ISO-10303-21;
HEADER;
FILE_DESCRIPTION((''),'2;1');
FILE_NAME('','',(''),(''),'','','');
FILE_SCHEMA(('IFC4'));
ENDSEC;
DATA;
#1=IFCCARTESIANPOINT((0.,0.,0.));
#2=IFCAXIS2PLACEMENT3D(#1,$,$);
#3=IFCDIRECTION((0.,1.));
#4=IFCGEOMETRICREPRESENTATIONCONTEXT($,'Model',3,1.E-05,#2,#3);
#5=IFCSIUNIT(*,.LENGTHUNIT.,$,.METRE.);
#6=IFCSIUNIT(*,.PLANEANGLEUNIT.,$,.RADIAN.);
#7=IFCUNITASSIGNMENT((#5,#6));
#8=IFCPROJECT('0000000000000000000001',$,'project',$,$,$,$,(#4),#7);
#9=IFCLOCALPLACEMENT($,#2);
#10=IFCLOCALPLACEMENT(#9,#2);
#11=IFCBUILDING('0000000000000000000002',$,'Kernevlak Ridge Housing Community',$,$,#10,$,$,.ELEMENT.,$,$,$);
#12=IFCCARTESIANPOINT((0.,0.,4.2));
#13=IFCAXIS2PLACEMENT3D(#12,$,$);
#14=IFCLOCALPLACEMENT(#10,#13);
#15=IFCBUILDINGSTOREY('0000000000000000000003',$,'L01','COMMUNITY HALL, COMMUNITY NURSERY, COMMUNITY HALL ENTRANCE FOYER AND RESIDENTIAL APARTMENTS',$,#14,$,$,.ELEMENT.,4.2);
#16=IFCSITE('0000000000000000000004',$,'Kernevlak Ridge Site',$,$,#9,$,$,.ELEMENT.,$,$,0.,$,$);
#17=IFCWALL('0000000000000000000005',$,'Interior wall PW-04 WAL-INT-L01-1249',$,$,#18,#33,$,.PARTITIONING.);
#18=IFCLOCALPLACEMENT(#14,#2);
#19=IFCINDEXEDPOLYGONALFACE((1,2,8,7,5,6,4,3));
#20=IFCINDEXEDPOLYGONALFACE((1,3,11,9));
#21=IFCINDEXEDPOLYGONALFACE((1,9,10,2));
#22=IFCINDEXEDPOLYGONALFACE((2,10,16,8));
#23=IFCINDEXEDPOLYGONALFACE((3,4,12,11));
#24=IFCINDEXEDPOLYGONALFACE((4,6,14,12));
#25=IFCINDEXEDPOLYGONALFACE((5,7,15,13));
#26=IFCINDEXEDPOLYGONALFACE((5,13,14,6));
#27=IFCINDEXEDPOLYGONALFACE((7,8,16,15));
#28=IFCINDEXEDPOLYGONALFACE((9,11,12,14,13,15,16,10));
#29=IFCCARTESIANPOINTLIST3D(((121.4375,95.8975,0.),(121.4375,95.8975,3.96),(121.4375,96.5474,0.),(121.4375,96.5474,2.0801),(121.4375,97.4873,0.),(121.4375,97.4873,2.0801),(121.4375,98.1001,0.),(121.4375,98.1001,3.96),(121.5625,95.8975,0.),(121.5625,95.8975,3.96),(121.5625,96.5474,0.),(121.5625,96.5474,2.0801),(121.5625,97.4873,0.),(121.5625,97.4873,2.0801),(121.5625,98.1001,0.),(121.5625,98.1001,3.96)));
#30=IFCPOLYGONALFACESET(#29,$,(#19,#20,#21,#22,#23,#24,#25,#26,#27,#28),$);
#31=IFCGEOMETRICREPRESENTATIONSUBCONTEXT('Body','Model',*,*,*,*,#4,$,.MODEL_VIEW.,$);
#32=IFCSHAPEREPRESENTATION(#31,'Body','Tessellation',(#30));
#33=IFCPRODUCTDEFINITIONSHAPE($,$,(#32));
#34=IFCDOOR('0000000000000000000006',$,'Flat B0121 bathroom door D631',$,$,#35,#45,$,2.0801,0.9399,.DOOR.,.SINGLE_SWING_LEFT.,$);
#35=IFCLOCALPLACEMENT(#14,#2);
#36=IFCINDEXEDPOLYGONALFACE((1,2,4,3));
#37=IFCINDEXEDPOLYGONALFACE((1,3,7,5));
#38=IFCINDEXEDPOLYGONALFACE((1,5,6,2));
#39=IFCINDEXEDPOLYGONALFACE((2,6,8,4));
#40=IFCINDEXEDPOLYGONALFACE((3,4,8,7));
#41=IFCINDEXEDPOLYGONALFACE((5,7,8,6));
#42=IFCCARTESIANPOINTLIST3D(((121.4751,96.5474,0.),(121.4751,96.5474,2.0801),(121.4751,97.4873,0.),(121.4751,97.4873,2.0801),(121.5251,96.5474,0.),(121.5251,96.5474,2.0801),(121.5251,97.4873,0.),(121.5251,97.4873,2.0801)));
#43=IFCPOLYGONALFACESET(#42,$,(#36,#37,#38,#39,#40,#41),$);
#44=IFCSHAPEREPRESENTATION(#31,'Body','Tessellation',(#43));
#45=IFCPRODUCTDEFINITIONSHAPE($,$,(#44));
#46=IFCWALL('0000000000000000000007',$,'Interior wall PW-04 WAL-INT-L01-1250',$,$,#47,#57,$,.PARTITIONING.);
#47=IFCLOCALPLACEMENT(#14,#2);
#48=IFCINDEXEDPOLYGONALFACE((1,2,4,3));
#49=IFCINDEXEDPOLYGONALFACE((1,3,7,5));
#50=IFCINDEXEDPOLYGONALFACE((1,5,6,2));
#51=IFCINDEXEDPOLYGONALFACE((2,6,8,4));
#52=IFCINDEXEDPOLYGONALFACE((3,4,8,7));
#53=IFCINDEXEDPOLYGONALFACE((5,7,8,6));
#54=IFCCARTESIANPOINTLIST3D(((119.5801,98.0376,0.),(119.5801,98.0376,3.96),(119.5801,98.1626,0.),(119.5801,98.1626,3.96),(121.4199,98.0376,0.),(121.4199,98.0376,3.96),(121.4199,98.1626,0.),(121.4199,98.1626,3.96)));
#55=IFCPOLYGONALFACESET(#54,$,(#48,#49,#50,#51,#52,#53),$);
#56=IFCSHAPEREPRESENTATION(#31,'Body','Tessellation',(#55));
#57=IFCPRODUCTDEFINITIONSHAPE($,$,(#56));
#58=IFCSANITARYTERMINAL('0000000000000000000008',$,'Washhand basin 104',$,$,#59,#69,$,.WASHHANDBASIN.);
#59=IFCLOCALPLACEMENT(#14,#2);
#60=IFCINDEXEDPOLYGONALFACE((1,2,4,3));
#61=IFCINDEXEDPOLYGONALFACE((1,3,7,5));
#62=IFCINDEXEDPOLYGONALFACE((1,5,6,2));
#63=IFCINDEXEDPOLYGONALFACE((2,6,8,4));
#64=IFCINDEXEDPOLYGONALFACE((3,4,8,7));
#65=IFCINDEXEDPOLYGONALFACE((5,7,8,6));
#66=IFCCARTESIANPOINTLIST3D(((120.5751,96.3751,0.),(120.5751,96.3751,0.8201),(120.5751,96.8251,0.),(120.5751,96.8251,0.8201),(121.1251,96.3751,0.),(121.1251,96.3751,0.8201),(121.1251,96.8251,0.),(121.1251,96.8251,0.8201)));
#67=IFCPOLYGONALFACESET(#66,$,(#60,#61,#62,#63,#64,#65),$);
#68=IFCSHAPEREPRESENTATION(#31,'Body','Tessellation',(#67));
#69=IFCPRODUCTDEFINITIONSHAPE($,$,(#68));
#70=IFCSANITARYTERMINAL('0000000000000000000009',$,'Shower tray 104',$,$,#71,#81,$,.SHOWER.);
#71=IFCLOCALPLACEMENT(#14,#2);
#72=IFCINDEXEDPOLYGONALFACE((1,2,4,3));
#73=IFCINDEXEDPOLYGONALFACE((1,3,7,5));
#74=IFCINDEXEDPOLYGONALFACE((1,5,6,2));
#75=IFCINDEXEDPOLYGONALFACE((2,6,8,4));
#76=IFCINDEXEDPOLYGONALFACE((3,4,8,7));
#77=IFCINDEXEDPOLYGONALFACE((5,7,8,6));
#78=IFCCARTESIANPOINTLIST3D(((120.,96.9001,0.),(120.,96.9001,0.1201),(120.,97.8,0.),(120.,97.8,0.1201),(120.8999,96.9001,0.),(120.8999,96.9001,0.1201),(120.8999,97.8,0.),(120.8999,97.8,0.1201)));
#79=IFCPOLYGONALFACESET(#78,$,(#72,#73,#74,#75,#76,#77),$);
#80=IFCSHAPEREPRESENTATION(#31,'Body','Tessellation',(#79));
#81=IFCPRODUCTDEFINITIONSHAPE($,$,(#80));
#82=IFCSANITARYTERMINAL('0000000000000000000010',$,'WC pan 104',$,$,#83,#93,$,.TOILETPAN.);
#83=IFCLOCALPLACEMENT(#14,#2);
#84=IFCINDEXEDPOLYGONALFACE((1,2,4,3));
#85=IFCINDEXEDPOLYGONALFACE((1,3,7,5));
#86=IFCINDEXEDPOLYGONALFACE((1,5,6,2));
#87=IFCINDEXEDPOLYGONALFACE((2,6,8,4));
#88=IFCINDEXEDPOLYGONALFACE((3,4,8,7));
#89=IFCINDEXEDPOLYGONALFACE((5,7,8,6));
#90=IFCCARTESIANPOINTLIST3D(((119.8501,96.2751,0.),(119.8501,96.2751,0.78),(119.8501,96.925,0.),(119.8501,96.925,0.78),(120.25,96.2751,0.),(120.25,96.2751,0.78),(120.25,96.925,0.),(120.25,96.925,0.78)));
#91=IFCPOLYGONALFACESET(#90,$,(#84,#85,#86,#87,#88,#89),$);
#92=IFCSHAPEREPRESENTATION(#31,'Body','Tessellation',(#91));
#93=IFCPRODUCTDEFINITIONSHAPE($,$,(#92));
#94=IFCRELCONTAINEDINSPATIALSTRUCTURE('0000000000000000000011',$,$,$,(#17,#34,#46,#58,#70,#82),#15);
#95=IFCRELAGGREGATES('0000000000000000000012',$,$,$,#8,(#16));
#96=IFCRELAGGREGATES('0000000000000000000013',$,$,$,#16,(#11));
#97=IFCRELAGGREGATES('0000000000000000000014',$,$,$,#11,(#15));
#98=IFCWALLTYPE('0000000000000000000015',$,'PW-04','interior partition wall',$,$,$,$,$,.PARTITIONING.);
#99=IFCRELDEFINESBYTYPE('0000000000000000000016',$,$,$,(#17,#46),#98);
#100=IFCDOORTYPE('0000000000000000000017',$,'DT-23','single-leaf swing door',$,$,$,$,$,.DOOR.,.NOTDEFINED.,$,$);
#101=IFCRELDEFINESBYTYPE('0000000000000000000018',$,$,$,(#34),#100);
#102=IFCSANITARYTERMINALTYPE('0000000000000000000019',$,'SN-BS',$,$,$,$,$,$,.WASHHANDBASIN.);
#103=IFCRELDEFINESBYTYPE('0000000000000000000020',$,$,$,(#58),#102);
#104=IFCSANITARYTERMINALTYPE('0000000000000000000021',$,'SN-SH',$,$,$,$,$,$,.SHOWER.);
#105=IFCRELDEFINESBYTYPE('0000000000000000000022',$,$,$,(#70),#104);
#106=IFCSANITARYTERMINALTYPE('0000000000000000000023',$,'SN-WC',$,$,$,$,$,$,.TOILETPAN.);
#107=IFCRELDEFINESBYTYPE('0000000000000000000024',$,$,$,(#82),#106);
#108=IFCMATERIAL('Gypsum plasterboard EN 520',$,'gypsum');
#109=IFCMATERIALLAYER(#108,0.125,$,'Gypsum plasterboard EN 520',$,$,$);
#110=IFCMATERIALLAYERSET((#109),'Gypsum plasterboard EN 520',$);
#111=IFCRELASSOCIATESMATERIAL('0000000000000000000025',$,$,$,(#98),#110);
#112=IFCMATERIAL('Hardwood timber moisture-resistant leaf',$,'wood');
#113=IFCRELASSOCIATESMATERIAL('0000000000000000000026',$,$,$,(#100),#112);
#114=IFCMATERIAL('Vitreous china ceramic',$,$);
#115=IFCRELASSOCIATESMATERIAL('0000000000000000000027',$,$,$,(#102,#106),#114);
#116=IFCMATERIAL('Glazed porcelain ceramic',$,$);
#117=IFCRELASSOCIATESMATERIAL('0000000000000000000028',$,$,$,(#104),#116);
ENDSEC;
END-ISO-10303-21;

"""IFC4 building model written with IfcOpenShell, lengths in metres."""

from ifc_helpers import new_model, si_unit, direction, frame, frame_2d, origin, origin_2d, place, context, subcontext, project, spatial, rectangle, extrude, material, layer, layer_set, type_object, element, fill, save


model = new_model("IFC4")

# Units and contexts
model_context = context("Model", 3, precision=1e-05, world=origin(), true_north=direction((0.0, 1.0)))
body_context = subcontext(model_context, "Body", "Model", "MODEL_VIEW")
ifc_project = project(units=[si_unit("LENGTHUNIT", "METRE"), si_unit("PLANEANGLEUNIT", "RADIAN")], contexts=[model_context])

# Site, building, storey
site_placement = place(None, origin())
site = spatial("IfcSite", under=ifc_project, at=site_placement, Name="Kernevlak Ridge Site", CompositionType="ELEMENT", RefElevation=0.0)
building_placement = place(site_placement, origin())
building = spatial("IfcBuilding", under=site, at=building_placement, Name="Kernevlak Ridge Housing Community", CompositionType="ELEMENT")
storey_placement = place(building_placement, frame((0.0, 0.0, 4.2)))
storey = spatial("IfcBuildingStorey", under=building, at=storey_placement, Name="L01", Description="COMMUNITY HALL, COMMUNITY NURSERY, COMMUNITY HALL ENTRANCE FOYER AND RESIDENTIAL APARTMENTS", CompositionType="ELEMENT", Elevation=4.2)

# Wall, opening, door
ifc_material_1 = material(Name="Gypsum plasterboard EN 520", Category="gypsum")
ifc_layer_1 = layer(ifc_material_1, 0.125, Name="Gypsum plasterboard EN 520")
ifc_layer_set_1 = layer_set([ifc_layer_1], Name="Gypsum plasterboard EN 520")
wall_type_1 = type_object("IfcWallType", Name="PW-04", Description="interior partition wall", PredefinedType="PARTITIONING", material=ifc_layer_set_1)
wall_1_placement = place(storey_placement, frame((121.5, 95.8975, 0.0), z_axis=(0.0, 0.0, 1.0), x_axis=(0.0, 1.0, 0.0)))
wall_1 = element("IfcWall", 1, at=wall_1_placement, inside=storey, type_object=wall_type_1, Name="Interior wall PW-04 WAL-INT-L01-1249", PredefinedType="PARTITIONING", context=body_context, shape_type="SweptSolid", body=[
    extrude(rectangle(XDim=2.2026, YDim=0.125, at=frame_2d((1.1013, 0.0))), origin(), (0.0, 0.0, 1.0), 3.96),
])
opening_1_placement = place(wall_1_placement, frame((0.6499, 0.0, 0.0)))
opening_1 = element("IfcOpeningElement", 2, at=opening_1_placement, cuts=wall_1, PredefinedType="OPENING", context=body_context, shape_type="SweptSolid", body=[
    extrude(rectangle(XDim=0.9399, YDim=2.0801, at=frame_2d((0.47, 1.04))), frame((0.0, 0.0725, 0.0), z_axis=(0.0, -1.0, 0.0), x_axis=(1.0, 0.0, 0.0)), (0.0, 0.0, 1.0), 0.145),
])
ifc_material_2 = material(Name="Hardwood timber moisture-resistant leaf", Category="wood")
door_type = type_object("IfcDoorType", Name="DT-23", Description="single-leaf swing door", OperationType="NOTDEFINED", PredefinedType="DOOR", material=ifc_material_2)
door_placement = place(opening_1_placement, origin())
door = element("IfcDoor", 3, at=door_placement, inside=storey, type_object=door_type, Name="Flat B0121 bathroom door D631", OperationType="SINGLE_SWING_LEFT", OverallHeight=2.0801, OverallWidth=0.9399, PredefinedType="DOOR", context=body_context, shape_type="SweptSolid", body=[
    extrude(rectangle(XDim=0.9399, YDim=2.0801, at=frame_2d((0.47, 1.04))), frame((0.0, 0.0249, 0.0), z_axis=(0.0, -1.0, 0.0), x_axis=(1.0, 0.0, 0.0)), (0.0, 0.0, 1.0), 0.05),
])
fill(opening_1, door)

# Wall
wall_2_placement = place(storey_placement, frame((119.5801, 98.1001, 0.0), z_axis=(0.0, 0.0, 1.0), x_axis=(1.0, 0.0, 0.0)))
element("IfcWall", 4, at=wall_2_placement, inside=storey, type_object=wall_type_1, Name="Interior wall PW-04 WAL-INT-L01-1250", PredefinedType="PARTITIONING", context=body_context, shape_type="SweptSolid", body=[
    extrude(rectangle(XDim=1.8398, YDim=0.125, at=frame_2d((0.9199, 0.0))), origin(), (0.0, 0.0, 1.0), 3.96),
])

# Sanitary terminals
ifc_material_3 = material(Name="Vitreous china ceramic")
sanitary_terminal_type_1 = type_object("IfcSanitaryTerminalType", Name="SN-BS", PredefinedType="WASHHANDBASIN", material=ifc_material_3)
sanitary_terminal_1_placement = place(storey_placement, frame((120.8501, 96.6001, 0.0), z_axis=(0.0, 0.0, 1.0), x_axis=(1.0, 0.0, 0.0)))
element("IfcSanitaryTerminal", 5, at=sanitary_terminal_1_placement, inside=storey, type_object=sanitary_terminal_type_1, Name="Washhand basin 104", PredefinedType="WASHHANDBASIN", context=body_context, shape_type="SweptSolid", body=[
    extrude(rectangle(XDim=0.55, YDim=0.45, at=origin_2d()), origin(), (0.0, 0.0, 1.0), 0.8201),
])
ifc_material_4 = material(Name="Glazed porcelain ceramic")
sanitary_terminal_type_2 = type_object("IfcSanitaryTerminalType", Name="SN-SH", PredefinedType="SHOWER", material=ifc_material_4)
sanitary_terminal_2_placement = place(storey_placement, frame((120.45, 97.3501, 0.0), z_axis=(0.0, 0.0, 1.0), x_axis=(1.0, 0.0, 0.0)))
element("IfcSanitaryTerminal", 6, at=sanitary_terminal_2_placement, inside=storey, type_object=sanitary_terminal_type_2, Name="Shower tray 104", PredefinedType="SHOWER", context=body_context, shape_type="SweptSolid", body=[
    extrude(rectangle(XDim=0.8999, YDim=0.8999, at=origin_2d()), origin(), (0.0, 0.0, 1.0), 0.1201),
])
sanitary_terminal_type_3 = type_object("IfcSanitaryTerminalType", Name="SN-WC", PredefinedType="TOILETPAN", material=ifc_material_3)
sanitary_terminal_3_placement = place(storey_placement, frame((120.05, 96.6001, 0.0), z_axis=(0.0, 0.0, 1.0), x_axis=(1.0, 0.0, 0.0)))
element("IfcSanitaryTerminal", 7, at=sanitary_terminal_3_placement, inside=storey, type_object=sanitary_terminal_type_3, Name="WC pan 104", PredefinedType="TOILETPAN", context=body_context, shape_type="SweptSolid", body=[
    extrude(rectangle(XDim=0.3999, YDim=0.6499, at=origin_2d()), origin(), (0.0, 0.0, 1.0), 0.78),
])

save(model, "model.ifc")
